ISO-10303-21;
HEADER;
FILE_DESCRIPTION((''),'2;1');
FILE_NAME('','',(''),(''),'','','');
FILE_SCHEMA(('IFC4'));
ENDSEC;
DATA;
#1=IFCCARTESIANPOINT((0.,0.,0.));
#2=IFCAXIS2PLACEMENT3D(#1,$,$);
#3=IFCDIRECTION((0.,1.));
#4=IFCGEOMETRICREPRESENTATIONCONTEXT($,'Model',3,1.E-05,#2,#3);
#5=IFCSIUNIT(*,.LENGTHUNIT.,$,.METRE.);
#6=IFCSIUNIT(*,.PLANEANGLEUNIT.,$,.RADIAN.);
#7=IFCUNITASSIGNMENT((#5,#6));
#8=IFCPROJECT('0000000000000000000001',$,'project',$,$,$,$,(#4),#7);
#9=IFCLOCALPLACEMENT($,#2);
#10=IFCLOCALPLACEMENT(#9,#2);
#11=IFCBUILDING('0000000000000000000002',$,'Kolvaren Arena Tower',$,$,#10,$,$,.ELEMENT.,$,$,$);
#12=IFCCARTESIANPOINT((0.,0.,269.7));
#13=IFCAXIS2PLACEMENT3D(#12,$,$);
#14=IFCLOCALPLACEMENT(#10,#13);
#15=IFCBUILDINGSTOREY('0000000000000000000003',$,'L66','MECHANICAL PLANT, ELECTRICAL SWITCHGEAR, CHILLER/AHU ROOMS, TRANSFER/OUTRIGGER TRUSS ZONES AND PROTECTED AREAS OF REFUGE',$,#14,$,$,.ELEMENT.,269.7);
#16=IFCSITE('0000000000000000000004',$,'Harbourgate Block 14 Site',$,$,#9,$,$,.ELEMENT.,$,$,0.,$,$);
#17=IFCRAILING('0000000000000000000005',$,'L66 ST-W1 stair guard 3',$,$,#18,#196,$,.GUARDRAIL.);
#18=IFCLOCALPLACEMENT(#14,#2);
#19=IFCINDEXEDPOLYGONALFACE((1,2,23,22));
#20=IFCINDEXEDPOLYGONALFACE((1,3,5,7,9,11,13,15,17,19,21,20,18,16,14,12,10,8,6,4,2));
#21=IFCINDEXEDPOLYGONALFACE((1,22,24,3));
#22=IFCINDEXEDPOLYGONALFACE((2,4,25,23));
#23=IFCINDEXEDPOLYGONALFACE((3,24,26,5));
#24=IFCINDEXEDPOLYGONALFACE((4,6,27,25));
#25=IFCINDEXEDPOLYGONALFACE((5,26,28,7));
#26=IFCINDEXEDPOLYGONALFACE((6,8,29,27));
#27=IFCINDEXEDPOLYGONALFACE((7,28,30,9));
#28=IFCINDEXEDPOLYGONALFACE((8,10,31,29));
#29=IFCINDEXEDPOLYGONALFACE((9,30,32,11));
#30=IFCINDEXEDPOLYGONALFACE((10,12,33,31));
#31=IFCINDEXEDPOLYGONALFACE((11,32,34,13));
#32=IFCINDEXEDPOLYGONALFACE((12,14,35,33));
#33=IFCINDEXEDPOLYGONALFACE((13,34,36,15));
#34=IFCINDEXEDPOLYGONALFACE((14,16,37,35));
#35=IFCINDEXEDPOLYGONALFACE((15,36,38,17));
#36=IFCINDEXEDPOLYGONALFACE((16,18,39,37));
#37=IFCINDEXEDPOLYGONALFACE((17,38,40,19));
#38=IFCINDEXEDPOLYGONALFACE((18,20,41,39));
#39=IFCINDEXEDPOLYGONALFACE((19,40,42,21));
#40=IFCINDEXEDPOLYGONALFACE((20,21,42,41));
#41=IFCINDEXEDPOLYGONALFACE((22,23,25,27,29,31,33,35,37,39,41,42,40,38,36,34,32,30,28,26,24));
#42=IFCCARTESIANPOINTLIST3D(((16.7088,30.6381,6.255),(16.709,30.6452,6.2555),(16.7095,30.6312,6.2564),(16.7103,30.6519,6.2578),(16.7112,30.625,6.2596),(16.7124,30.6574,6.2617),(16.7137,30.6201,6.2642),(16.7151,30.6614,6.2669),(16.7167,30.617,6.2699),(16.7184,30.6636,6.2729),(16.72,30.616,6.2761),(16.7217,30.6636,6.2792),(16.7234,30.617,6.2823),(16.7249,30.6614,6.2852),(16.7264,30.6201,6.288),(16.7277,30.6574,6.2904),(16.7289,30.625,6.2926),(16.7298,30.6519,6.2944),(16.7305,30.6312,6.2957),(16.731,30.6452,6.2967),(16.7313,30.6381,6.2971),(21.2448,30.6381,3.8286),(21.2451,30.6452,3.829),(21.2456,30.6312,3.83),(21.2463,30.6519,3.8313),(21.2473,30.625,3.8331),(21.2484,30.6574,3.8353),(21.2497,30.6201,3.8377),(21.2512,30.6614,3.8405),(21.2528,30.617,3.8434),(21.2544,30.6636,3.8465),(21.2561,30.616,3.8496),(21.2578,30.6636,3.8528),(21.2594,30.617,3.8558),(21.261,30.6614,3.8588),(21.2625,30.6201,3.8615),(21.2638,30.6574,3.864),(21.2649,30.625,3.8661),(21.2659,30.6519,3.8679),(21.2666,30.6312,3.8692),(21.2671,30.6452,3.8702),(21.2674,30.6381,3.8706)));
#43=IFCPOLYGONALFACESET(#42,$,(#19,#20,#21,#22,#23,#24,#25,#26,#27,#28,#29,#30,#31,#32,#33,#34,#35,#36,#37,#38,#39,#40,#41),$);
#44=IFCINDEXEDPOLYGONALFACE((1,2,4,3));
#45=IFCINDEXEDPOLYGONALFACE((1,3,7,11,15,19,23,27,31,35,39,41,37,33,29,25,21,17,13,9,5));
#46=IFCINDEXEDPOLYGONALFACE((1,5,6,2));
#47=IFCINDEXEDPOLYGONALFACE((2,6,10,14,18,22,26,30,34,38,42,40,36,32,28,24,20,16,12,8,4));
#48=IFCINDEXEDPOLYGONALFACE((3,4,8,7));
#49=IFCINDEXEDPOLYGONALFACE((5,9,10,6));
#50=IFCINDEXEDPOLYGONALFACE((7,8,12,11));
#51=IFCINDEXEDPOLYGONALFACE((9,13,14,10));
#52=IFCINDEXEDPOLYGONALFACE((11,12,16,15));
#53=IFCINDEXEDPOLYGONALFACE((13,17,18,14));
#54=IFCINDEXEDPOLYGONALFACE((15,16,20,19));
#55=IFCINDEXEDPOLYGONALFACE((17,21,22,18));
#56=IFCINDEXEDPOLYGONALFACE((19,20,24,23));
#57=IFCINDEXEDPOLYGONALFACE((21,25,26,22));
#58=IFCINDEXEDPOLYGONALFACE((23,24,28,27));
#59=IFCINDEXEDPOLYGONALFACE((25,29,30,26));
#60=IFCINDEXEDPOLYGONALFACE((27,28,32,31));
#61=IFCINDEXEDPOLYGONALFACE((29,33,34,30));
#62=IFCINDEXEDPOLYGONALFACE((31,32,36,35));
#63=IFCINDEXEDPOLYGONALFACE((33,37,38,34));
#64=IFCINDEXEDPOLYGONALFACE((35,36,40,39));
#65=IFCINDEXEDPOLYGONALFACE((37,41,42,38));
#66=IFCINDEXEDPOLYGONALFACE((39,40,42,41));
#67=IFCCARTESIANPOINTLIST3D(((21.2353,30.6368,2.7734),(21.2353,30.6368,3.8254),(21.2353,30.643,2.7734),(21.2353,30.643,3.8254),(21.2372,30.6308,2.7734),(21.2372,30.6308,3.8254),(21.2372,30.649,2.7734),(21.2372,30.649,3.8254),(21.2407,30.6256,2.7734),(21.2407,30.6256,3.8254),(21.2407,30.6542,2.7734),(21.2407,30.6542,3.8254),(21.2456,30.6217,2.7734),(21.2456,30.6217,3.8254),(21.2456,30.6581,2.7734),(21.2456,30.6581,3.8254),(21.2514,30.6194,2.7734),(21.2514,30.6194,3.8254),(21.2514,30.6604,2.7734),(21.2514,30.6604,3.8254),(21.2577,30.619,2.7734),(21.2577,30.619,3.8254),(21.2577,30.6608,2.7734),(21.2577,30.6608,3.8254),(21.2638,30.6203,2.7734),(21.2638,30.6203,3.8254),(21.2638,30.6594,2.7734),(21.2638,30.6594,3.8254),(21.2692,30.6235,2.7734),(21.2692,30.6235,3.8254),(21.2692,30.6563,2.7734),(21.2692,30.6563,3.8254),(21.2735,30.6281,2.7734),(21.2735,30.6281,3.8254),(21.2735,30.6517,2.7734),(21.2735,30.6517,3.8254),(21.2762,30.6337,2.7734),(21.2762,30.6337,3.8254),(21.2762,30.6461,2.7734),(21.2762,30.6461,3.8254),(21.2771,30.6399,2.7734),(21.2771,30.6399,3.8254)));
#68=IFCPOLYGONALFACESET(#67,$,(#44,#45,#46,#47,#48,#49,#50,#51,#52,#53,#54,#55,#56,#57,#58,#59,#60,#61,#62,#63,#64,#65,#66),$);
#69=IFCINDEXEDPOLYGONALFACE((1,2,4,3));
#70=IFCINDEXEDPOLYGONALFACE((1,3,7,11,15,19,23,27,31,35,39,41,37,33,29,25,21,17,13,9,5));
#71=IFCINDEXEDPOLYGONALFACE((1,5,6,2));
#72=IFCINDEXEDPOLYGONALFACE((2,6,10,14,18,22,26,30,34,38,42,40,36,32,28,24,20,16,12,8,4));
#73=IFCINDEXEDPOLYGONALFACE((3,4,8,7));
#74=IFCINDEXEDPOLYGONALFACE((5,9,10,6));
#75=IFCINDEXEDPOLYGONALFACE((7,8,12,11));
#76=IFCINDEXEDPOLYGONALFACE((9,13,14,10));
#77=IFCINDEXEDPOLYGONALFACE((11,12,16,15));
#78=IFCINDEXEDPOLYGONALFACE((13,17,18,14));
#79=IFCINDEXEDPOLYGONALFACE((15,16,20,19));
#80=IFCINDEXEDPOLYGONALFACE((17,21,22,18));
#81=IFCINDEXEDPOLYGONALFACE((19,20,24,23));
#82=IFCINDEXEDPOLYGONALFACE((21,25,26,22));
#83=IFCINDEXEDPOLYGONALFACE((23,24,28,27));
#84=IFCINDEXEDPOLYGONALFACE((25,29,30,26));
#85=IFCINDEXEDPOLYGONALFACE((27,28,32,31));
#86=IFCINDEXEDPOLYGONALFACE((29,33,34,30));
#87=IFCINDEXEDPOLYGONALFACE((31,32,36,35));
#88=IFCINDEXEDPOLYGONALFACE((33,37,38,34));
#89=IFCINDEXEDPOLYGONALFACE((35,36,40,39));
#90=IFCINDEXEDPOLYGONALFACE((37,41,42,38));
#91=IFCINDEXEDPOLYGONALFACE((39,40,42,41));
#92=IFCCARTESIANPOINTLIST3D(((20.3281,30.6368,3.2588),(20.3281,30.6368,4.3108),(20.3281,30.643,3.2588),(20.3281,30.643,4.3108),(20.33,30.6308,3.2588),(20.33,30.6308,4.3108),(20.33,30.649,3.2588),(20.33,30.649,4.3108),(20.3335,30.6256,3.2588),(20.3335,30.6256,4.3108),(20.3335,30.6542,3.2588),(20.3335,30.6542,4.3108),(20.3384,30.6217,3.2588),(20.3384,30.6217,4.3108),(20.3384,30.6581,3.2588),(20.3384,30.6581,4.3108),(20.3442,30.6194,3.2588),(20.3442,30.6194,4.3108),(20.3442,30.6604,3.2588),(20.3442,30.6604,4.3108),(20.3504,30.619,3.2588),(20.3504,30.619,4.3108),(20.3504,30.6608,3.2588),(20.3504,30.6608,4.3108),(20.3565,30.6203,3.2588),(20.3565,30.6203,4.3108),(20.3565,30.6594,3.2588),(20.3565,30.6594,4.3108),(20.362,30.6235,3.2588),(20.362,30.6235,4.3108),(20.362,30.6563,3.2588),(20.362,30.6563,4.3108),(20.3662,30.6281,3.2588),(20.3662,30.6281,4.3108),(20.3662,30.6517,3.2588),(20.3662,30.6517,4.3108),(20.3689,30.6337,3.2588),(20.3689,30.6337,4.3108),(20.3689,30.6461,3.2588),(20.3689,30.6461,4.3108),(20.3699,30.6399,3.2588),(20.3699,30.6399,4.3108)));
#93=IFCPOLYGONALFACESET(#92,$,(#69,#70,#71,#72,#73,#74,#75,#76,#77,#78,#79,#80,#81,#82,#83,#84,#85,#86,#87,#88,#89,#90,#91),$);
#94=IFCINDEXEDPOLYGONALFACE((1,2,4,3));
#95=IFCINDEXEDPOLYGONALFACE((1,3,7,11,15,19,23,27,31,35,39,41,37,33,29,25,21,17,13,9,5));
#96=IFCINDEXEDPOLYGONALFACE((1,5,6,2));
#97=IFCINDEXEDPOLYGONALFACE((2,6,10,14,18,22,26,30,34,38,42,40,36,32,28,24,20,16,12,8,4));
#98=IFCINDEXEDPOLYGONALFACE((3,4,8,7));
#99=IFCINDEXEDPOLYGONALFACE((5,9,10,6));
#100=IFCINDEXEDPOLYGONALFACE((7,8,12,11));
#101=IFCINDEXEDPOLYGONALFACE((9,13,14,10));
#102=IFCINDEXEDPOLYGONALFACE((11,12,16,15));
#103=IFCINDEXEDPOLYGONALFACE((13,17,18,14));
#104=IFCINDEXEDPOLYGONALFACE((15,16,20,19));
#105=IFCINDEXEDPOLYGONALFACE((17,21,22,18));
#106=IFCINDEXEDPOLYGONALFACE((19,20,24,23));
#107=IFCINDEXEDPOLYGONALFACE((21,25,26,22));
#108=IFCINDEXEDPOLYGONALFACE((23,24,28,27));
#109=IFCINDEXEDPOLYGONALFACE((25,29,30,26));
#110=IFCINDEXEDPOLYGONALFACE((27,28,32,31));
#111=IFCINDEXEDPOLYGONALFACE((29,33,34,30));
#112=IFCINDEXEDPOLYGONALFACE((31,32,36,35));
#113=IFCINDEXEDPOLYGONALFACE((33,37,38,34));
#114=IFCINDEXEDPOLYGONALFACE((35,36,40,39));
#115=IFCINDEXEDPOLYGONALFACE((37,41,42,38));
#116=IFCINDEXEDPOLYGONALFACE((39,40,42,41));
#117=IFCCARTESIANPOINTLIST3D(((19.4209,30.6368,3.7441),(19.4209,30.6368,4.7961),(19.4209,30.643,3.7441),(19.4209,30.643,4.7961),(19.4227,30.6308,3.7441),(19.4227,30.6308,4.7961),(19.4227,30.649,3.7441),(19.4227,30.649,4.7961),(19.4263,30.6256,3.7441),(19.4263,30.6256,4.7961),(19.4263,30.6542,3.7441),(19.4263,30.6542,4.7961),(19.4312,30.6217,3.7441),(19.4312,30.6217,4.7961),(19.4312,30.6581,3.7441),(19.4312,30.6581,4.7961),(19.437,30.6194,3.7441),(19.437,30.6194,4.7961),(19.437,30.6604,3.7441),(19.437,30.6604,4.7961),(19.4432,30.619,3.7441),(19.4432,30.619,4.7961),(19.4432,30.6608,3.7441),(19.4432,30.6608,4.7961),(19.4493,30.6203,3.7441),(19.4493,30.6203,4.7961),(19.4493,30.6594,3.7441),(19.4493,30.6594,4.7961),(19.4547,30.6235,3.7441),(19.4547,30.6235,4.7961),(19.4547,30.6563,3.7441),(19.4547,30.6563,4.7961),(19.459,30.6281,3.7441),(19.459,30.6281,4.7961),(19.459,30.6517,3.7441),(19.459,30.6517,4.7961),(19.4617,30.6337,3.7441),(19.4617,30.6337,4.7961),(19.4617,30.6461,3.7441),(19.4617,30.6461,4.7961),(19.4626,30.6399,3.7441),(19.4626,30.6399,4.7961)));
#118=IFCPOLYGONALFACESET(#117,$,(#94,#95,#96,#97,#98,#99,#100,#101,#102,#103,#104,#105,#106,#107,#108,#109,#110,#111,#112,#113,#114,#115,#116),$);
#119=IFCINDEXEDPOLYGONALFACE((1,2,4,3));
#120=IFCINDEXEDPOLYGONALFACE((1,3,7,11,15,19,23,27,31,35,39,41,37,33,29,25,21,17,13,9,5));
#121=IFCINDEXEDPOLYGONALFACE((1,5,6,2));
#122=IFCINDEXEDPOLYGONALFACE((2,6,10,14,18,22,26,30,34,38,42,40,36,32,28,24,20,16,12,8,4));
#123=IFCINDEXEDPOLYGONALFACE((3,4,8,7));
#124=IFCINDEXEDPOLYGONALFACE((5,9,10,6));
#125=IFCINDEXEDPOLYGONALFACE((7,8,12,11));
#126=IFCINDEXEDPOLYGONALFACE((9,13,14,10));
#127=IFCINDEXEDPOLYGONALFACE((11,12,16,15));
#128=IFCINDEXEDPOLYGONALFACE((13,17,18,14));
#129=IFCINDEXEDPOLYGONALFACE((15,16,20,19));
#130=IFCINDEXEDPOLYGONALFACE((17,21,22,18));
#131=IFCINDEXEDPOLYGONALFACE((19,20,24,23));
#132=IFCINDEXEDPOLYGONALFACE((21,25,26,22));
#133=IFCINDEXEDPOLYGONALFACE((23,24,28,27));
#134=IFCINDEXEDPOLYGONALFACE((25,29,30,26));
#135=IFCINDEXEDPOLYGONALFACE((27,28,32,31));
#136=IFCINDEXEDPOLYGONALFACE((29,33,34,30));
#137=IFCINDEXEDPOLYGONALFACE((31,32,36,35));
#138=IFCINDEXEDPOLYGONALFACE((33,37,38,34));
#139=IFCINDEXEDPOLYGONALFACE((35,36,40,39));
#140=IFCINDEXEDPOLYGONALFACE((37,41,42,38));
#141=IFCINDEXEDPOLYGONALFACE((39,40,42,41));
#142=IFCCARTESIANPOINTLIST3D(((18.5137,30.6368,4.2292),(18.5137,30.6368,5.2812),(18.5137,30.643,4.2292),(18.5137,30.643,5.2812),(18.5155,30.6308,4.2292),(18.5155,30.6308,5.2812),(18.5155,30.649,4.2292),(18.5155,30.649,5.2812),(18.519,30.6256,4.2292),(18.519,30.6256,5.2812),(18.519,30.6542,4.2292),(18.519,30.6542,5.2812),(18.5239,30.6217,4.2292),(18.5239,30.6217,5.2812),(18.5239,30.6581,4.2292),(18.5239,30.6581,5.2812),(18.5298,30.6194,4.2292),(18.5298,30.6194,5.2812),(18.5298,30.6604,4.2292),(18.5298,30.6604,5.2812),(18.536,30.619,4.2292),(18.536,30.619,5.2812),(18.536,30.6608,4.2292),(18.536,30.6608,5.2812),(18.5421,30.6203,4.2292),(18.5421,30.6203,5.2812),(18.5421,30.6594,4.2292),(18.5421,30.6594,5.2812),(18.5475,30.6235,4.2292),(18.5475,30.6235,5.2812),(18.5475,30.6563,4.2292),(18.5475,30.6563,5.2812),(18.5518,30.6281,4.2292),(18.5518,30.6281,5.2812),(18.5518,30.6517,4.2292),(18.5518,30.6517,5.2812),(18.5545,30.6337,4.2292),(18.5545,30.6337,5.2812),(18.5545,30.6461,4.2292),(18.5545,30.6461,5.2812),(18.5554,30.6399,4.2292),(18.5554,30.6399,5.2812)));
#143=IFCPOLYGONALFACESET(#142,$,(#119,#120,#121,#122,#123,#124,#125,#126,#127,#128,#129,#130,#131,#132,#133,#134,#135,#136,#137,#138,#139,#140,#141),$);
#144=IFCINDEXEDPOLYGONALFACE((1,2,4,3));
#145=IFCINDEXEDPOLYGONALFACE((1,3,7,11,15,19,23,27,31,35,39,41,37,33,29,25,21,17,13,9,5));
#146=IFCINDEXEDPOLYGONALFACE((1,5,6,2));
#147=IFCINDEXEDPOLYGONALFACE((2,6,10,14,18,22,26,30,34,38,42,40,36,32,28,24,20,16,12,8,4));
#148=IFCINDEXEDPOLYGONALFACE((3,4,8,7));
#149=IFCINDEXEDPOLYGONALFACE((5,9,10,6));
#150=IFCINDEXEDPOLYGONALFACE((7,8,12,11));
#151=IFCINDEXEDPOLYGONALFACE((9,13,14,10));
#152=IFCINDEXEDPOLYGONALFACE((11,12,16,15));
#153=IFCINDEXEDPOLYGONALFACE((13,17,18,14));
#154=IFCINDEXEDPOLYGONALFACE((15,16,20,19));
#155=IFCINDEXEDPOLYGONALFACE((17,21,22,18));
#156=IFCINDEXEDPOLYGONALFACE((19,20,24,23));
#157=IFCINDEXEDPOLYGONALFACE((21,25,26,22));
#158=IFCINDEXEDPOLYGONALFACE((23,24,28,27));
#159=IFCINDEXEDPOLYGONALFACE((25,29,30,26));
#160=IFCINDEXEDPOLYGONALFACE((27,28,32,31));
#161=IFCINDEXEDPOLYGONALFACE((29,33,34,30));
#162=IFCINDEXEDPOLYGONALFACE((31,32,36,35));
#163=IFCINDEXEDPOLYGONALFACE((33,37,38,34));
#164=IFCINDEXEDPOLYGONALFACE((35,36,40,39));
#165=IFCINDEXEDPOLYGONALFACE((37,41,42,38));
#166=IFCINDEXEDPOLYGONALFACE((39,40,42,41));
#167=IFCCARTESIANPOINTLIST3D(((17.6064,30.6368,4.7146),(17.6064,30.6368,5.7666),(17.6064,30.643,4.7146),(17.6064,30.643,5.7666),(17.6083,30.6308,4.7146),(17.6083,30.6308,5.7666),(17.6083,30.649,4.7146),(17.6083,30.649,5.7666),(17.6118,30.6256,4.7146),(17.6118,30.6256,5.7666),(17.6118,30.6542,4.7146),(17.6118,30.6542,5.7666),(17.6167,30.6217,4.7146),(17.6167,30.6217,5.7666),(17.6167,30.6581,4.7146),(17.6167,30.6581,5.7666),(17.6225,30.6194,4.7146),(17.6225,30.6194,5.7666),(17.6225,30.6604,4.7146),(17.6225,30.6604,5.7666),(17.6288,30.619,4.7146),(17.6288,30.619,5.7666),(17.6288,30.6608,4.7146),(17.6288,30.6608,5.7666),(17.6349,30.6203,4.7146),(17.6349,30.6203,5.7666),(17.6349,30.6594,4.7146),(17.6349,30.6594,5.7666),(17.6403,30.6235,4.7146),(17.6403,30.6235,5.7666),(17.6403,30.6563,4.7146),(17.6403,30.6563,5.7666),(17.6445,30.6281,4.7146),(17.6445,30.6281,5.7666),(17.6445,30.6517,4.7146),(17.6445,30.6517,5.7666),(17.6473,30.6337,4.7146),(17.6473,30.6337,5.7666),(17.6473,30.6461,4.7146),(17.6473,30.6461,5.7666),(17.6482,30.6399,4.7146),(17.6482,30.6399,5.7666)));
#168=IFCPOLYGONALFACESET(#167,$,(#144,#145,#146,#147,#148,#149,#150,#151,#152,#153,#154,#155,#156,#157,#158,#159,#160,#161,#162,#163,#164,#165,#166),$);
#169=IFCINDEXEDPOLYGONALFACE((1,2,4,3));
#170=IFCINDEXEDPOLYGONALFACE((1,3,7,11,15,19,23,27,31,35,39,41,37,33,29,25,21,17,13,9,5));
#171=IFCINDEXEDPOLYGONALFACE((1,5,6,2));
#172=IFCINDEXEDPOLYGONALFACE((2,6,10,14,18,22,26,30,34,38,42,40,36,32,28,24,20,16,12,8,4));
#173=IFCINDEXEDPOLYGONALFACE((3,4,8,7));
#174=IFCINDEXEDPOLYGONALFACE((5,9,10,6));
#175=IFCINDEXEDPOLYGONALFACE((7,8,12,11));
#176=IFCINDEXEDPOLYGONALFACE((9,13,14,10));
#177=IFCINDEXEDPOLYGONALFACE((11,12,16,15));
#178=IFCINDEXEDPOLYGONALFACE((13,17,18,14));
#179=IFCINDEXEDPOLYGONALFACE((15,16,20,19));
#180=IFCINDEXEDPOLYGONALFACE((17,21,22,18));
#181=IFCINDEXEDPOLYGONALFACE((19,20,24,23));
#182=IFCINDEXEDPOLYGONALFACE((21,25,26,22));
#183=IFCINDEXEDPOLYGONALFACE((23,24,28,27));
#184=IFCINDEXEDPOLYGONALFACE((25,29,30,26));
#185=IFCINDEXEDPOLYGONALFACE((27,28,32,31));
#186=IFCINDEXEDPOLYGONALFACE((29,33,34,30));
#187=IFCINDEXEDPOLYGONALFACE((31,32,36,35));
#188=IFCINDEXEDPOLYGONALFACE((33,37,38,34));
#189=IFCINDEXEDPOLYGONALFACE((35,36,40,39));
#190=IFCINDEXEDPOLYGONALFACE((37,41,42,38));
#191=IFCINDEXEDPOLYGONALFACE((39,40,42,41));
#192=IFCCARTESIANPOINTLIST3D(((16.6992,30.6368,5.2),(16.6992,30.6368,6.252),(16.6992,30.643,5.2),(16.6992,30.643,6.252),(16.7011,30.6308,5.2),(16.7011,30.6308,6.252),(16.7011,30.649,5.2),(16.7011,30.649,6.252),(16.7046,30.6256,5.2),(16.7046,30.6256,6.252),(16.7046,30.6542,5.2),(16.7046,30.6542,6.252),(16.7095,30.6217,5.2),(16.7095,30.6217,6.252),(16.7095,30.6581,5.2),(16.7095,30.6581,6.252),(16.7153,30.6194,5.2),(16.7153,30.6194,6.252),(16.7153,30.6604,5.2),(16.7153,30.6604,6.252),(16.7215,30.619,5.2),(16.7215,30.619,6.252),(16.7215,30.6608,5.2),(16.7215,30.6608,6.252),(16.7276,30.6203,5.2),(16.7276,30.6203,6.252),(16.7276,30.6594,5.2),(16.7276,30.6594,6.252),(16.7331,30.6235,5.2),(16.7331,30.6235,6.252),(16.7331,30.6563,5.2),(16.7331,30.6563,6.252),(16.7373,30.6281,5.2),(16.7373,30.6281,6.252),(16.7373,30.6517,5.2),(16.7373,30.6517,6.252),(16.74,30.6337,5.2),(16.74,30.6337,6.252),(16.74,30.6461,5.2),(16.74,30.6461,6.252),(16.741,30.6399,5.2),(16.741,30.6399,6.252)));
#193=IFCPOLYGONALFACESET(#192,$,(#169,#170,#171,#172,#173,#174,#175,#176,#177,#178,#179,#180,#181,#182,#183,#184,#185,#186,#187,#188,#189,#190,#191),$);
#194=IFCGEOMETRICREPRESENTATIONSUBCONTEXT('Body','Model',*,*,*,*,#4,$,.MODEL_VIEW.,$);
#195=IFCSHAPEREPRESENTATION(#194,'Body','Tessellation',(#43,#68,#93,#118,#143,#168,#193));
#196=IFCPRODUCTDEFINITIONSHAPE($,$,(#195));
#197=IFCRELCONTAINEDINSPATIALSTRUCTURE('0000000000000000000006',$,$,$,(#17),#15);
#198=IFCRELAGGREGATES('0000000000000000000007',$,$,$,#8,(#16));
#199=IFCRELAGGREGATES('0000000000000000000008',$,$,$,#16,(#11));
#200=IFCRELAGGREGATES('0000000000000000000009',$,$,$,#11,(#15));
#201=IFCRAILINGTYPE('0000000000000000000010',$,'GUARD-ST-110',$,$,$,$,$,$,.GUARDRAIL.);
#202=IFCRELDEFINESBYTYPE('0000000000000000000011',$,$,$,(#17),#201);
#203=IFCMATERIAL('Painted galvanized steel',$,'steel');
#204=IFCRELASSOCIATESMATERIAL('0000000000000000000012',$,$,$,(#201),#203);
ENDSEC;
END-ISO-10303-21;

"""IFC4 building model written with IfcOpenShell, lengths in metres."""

from ifc_helpers import new_model, si_unit, direction, frame, origin, origin_2d, place, context, subcontext, project, spatial, circle, extrude, material, type_object, element, save


model = new_model("IFC4")

# Units and contexts
model_context = context("Model", 3, precision=1e-05, world=origin(), true_north=direction((0.0, 1.0)))
body_context = subcontext(model_context, "Body", "Model", "MODEL_VIEW")
ifc_project = project(units=[si_unit("LENGTHUNIT", "METRE"), si_unit("PLANEANGLEUNIT", "RADIAN")], contexts=[model_context])

# Site, building, storey
site_placement = place(None, origin())
site = spatial("IfcSite", under=ifc_project, at=site_placement, Name="Harbourgate Block 14 Site", CompositionType="ELEMENT", RefElevation=0.0)
building_placement = place(site_placement, origin())
building = spatial("IfcBuilding", under=site, at=building_placement, Name="Kolvaren Arena Tower", CompositionType="ELEMENT")
storey_placement = place(building_placement, frame((0.0, 0.0, 269.7)))
storey = spatial("IfcBuildingStorey", under=building, at=storey_placement, Name="L66", Description="MECHANICAL PLANT, ELECTRICAL SWITCHGEAR, CHILLER/AHU ROOMS, TRANSFER/OUTRIGGER TRUSS ZONES AND PROTECTED AREAS OF REFUGE", CompositionType="ELEMENT", Elevation=269.7)

# Railing
ifc_material_1 = material(Name="Painted galvanized steel", Category="steel")
railing_type_1 = type_object("IfcRailingType", Name="GUARD-ST-110", PredefinedType="GUARDRAIL", material=ifc_material_1)
railing_1_placement = place(storey_placement, frame((21.2561, 30.6399, 2.7734)))
element("IfcRailing", 1, at=railing_1_placement, inside=storey, type_object=railing_type_1, Name="L66 ST-W1 stair guard 3", PredefinedType="GUARDRAIL", context=body_context, shape_type="SweptSolid", body=[
    extrude(circle(Radius=0.0239, at=origin_2d()), frame((0.0, 0.0, 1.0762), z_axis=(-0.881768, 0.0, 0.471684), x_axis=(0.0, -1.0, 0.0)), (0.0, 0.0, 1.0), 5.1443),
    extrude(circle(Radius=0.021, at=origin_2d()), origin(), (0.0, 0.0, 1.0), 1.052),
    extrude(circle(Radius=0.021, at=origin_2d()), frame((-0.9072, 0.0, 0.4854)), (0.0, 0.0, 1.0), 1.052),
    extrude(circle(Radius=0.021, at=origin_2d()), frame((-1.8145, 0.0, 0.9707)), (0.0, 0.0, 1.0), 1.052),
    extrude(circle(Radius=0.021, at=origin_2d()), frame((-2.7217, 0.0, 1.4558)), (0.0, 0.0, 1.0), 1.052),
    extrude(circle(Radius=0.021, at=origin_2d()), frame((-3.6289, 0.0, 1.9412)), (0.0, 0.0, 1.0), 1.052),
    extrude(circle(Radius=0.021, at=origin_2d()), frame((-4.5361, 0.0, 2.4265)), (0.0, 0.0, 1.0), 1.052),
])

save(model, "model.ifc")
